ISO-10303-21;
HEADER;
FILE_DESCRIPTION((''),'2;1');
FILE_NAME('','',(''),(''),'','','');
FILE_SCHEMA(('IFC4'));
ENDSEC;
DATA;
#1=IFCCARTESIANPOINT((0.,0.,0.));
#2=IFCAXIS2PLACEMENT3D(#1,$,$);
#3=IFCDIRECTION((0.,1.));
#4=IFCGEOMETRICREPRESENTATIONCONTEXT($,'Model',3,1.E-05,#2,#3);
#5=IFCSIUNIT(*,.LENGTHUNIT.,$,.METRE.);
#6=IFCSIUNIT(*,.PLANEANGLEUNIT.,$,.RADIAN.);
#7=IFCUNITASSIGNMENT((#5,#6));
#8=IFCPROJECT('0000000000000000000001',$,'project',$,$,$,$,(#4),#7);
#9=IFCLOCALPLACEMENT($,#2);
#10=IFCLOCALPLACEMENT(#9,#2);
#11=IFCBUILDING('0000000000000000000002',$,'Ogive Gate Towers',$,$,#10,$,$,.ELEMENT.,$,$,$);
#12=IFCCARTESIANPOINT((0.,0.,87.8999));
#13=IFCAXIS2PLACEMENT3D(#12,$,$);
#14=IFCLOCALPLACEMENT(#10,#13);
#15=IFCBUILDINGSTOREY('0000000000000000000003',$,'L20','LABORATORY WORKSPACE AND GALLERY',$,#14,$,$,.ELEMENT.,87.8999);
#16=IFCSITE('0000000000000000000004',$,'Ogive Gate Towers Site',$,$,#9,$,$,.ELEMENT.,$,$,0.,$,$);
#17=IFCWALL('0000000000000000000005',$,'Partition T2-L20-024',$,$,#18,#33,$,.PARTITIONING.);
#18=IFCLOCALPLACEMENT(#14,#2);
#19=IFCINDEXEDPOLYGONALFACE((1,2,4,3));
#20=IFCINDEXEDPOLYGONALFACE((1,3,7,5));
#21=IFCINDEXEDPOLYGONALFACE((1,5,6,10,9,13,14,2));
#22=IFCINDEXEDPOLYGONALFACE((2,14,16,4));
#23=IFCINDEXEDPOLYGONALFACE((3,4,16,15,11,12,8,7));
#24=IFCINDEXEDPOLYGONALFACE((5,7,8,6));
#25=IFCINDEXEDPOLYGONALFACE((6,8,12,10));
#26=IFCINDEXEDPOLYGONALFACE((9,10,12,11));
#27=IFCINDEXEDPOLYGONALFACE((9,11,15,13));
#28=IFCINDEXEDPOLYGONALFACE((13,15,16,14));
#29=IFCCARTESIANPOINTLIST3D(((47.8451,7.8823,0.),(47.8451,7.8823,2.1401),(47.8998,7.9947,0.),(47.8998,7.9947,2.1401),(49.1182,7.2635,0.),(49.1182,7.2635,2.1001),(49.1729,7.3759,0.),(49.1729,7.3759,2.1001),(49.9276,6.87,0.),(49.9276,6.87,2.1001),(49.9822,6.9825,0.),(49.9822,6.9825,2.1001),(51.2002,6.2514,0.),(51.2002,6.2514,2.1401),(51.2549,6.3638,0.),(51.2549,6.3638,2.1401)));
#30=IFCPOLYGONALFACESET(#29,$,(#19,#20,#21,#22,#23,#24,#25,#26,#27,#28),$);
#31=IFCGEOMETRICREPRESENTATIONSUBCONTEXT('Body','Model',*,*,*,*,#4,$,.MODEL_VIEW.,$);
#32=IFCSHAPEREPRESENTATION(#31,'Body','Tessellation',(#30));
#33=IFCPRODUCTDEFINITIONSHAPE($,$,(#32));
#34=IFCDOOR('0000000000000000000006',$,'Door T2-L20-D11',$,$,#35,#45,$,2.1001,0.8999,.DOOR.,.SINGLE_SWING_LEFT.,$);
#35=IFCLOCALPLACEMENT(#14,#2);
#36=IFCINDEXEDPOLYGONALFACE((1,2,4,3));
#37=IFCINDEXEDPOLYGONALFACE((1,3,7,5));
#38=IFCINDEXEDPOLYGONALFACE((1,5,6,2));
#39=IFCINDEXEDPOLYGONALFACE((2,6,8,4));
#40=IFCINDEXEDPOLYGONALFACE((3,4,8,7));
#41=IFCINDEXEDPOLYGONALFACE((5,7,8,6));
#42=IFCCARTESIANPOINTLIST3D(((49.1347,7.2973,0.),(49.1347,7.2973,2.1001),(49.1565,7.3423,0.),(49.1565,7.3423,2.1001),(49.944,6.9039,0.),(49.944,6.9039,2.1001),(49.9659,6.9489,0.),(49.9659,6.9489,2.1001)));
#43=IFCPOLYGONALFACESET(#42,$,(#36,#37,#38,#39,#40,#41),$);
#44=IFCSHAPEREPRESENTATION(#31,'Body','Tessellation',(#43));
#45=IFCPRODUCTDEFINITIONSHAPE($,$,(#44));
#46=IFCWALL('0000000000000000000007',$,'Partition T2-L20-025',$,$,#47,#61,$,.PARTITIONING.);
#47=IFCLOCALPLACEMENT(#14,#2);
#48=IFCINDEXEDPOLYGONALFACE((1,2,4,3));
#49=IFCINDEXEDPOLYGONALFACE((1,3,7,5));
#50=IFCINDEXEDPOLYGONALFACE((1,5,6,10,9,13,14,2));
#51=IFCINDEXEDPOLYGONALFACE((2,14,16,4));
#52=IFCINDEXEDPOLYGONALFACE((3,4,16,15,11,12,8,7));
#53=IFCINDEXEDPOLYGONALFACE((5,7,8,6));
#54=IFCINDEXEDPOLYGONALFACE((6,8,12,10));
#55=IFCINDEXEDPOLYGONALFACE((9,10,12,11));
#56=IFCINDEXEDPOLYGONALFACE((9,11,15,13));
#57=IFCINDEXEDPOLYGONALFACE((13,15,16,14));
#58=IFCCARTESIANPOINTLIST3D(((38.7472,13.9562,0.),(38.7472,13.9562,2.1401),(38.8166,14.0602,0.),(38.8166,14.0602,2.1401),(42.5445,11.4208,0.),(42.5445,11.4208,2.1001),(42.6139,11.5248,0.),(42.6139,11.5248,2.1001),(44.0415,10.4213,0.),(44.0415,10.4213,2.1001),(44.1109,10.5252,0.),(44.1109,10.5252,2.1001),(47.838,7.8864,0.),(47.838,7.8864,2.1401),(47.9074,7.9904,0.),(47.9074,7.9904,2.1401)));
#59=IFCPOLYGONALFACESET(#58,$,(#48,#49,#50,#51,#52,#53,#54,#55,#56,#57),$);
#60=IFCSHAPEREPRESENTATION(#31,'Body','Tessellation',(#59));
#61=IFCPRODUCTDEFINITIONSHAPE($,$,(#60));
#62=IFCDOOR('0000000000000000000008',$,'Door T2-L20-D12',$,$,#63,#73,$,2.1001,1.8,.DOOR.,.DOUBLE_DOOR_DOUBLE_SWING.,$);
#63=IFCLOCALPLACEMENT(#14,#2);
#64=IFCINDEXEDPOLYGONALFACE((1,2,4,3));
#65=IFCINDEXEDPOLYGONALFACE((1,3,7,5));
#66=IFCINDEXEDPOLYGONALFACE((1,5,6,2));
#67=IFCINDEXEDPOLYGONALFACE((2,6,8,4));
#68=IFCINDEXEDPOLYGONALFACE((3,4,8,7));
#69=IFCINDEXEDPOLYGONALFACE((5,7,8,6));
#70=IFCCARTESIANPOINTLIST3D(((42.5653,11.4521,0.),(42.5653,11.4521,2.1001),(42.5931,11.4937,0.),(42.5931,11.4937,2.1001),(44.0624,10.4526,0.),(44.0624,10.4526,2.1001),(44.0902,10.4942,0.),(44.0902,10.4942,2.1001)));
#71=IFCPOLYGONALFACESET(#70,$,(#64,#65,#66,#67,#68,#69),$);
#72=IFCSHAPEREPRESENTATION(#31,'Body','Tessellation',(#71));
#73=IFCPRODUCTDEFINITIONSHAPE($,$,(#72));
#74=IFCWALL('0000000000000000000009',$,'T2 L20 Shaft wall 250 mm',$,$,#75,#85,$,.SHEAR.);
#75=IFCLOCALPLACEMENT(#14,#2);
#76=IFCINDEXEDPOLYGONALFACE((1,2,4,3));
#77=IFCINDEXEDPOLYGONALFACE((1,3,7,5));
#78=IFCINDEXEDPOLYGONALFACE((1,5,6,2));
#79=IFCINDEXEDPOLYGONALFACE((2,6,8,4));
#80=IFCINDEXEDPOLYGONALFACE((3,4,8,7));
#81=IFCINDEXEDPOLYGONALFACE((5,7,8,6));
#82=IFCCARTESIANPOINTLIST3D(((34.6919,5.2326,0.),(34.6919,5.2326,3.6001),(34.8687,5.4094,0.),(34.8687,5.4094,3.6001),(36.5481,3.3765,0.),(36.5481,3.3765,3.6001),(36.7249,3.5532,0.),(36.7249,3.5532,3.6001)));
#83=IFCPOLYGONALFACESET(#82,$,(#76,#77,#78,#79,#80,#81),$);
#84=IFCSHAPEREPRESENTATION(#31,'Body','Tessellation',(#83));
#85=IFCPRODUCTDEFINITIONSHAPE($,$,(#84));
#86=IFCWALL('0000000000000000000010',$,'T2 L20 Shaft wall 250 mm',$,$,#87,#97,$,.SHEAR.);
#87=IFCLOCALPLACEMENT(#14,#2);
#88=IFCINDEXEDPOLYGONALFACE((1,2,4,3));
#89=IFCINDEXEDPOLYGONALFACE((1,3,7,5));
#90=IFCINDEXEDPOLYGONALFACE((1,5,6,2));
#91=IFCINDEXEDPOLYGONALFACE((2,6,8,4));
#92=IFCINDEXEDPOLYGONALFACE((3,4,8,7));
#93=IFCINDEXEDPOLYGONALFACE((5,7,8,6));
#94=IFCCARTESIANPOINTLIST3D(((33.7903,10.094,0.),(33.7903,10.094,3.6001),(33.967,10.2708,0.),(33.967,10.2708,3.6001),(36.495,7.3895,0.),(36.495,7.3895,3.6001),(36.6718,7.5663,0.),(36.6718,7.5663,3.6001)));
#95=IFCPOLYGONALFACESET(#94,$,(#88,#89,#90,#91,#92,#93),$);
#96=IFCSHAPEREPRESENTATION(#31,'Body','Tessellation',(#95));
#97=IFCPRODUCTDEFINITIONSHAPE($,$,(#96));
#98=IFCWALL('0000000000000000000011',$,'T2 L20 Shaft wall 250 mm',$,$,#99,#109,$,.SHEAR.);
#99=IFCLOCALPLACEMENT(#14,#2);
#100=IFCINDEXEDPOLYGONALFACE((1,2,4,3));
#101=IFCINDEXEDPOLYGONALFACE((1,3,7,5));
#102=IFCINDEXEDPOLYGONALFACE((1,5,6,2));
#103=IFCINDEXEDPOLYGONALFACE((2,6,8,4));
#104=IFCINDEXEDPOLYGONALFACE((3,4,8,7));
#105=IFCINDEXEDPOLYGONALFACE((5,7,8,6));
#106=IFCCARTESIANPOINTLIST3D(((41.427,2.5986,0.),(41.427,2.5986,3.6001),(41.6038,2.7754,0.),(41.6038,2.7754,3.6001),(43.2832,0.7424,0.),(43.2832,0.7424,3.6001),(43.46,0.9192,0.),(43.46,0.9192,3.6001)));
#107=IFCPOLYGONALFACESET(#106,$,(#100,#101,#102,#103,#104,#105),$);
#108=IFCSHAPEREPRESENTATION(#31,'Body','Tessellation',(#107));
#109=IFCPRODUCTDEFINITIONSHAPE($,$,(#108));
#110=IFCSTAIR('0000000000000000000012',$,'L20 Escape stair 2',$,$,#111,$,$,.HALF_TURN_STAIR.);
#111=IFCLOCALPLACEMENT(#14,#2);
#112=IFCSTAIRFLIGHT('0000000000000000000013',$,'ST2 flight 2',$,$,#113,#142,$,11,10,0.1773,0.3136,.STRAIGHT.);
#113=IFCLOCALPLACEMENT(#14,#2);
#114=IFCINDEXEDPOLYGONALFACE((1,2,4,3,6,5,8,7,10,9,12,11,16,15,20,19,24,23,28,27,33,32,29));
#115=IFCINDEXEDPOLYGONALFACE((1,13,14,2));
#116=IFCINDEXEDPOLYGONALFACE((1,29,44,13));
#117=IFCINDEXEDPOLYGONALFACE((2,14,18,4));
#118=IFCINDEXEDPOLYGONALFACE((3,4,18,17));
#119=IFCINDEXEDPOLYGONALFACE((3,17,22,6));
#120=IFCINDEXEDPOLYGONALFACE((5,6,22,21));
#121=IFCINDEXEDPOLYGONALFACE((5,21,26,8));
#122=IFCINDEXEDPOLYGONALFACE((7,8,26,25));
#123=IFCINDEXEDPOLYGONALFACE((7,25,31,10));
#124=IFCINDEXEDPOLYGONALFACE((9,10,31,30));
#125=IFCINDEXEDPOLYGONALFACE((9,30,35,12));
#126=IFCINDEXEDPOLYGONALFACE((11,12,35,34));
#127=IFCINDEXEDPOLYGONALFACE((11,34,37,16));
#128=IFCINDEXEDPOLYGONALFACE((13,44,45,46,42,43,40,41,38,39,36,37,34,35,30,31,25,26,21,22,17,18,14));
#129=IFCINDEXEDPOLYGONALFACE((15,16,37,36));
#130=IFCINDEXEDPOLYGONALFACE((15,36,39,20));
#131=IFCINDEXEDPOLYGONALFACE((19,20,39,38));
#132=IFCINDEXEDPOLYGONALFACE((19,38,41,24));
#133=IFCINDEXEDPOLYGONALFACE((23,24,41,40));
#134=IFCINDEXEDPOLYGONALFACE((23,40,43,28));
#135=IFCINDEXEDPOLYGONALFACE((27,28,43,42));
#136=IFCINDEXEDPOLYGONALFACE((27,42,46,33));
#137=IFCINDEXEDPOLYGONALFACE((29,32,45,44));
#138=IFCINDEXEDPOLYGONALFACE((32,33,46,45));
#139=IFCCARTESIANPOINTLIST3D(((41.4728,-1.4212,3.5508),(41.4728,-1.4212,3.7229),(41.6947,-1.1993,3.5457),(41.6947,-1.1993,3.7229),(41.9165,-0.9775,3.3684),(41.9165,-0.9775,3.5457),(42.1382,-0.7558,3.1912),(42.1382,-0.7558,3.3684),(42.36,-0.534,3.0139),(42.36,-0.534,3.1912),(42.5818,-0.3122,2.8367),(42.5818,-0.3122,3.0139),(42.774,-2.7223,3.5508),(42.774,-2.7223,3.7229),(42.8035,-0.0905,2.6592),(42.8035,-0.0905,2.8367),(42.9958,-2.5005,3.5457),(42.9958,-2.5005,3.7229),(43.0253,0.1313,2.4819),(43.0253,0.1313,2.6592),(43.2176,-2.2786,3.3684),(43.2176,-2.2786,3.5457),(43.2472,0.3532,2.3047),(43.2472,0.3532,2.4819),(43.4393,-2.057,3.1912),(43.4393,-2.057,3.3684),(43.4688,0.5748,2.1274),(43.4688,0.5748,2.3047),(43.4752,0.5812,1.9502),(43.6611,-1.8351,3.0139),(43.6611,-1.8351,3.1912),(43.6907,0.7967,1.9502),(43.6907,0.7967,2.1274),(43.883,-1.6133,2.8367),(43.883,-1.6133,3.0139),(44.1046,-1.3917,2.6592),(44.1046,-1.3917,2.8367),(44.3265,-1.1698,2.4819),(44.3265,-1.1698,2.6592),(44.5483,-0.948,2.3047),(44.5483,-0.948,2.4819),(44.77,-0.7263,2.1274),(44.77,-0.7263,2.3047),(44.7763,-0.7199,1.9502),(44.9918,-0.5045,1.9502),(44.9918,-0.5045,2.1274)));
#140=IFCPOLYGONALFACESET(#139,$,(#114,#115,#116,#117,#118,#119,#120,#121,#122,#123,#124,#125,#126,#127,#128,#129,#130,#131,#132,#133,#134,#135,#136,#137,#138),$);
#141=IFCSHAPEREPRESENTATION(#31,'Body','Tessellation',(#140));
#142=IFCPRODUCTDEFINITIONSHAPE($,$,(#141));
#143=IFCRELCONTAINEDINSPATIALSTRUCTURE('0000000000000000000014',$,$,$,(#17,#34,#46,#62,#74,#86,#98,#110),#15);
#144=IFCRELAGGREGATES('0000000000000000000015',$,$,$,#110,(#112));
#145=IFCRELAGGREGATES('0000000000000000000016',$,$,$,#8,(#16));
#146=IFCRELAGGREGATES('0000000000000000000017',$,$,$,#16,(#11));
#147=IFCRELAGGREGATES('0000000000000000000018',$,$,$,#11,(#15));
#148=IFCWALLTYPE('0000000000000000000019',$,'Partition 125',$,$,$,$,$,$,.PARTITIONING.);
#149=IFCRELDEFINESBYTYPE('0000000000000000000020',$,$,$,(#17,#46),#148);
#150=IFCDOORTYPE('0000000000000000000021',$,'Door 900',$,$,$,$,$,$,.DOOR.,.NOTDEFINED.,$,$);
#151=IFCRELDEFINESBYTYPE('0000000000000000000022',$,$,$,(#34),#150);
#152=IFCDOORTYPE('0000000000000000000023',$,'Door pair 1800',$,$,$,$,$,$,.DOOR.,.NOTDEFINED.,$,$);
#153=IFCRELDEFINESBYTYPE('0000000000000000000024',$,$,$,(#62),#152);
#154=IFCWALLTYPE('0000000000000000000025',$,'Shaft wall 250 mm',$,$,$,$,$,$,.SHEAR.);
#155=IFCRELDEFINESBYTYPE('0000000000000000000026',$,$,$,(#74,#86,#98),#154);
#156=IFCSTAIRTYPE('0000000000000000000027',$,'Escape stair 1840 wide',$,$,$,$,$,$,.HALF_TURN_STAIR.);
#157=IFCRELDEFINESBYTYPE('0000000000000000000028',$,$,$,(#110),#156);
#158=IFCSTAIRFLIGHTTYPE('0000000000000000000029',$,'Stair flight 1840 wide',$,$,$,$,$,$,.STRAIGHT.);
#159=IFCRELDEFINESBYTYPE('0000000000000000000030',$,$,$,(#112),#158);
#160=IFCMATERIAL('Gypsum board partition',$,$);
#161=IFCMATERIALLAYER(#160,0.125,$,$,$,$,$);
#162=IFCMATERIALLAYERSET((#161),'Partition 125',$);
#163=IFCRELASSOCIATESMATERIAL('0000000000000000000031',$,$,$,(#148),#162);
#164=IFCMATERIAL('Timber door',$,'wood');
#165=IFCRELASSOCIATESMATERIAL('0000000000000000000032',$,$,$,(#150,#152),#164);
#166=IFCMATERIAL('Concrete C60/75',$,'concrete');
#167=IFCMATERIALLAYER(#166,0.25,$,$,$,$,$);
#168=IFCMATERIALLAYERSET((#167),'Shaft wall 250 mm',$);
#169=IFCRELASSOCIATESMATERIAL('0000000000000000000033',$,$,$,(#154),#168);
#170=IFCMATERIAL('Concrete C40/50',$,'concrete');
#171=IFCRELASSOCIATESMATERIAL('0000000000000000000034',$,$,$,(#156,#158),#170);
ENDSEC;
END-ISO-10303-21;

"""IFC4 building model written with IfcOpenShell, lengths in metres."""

from ifc_helpers import new_model, si_unit, direction, frame, frame_2d, origin, place, context, subcontext, project, spatial, polyline, rectangle, outline, extrude, material, layer, layer_set, type_object, element, fill, aggregate, save


model = new_model("IFC4")

# Units and contexts
model_context = context("Model", 3, precision=1e-05, world=origin(), true_north=direction((0.0, 1.0)))
body_context = subcontext(model_context, "Body", "Model", "MODEL_VIEW")
ifc_project = project(units=[si_unit("LENGTHUNIT", "METRE"), si_unit("PLANEANGLEUNIT", "RADIAN")], contexts=[model_context])

# Site, building, storey
site_placement = place(None, origin())
site = spatial("IfcSite", under=ifc_project, at=site_placement, Name="Ogive Gate Towers Site", CompositionType="ELEMENT", RefElevation=0.0)
building_placement = place(site_placement, origin())
building = spatial("IfcBuilding", under=site, at=building_placement, Name="Ogive Gate Towers", CompositionType="ELEMENT")
storey_placement = place(building_placement, frame((0.0, 0.0, 87.8999)))
storey = spatial("IfcBuildingStorey", under=building, at=storey_placement, Name="L20", Description="LABORATORY WORKSPACE AND GALLERY", CompositionType="ELEMENT", Elevation=87.8999)

# Shared definitions
ifc_material_1 = material(Name="Concrete C40/50", Category="concrete")

# Shared definitions
ifc_material_2 = material(Name="Concrete C60/75", Category="concrete")

# Shared definitions
ifc_material_3 = material(Name="Gypsum board partition")
ifc_layer_1 = layer(ifc_material_3, 0.125)
ifc_layer_set_1 = layer_set([ifc_layer_1], Name="Partition 125")
wall_type_1 = type_object("IfcWallType", Name="Partition 125", PredefinedType="PARTITIONING", material=ifc_layer_set_1)

# Walls, openings, doors
wall_1_placement = place(storey_placement, frame((51.2275, 6.3076, 0.0), z_axis=(0.0, 0.0, 1.0), x_axis=(-0.899371, 0.437185, 0.0)))
wall_1 = element("IfcWall", 1, at=wall_1_placement, inside=storey, type_object=wall_type_1, Name="Partition T2-L20-024", PredefinedType="PARTITIONING", context=body_context, shape_type="SweptSolid", body=[
    extrude(rectangle(XDim=3.7305, YDim=0.125, at=frame_2d((1.8652, 0.0))), origin(), (0.0, 0.0, 1.0), 2.1401),
])
opening_1_placement = place(wall_1_placement, frame((1.415, 0.0, 0.0)))
opening_1 = element("IfcOpeningElement", 2, at=opening_1_placement, cuts=wall_1, PredefinedType="OPENING", context=body_context, shape_type="SweptSolid", body=[
    extrude(rectangle(XDim=0.8999, YDim=2.1001, at=frame_2d((0.45, 1.05))), frame((0.0, 0.0725, 0.0), z_axis=(0.0, -1.0, 0.0), x_axis=(1.0, 0.0, 0.0)), (0.0, 0.0, 1.0), 0.145),
])
ifc_material_4 = material(Name="Timber door", Category="wood")
door_type_1 = type_object("IfcDoorType", Name="Door 900", OperationType="NOTDEFINED", PredefinedType="DOOR", material=ifc_material_4)
door_1_placement = place(opening_1_placement, origin())
door_1 = element("IfcDoor", 3, at=door_1_placement, inside=storey, type_object=door_type_1, Name="Door T2-L20-D11", OperationType="SINGLE_SWING_LEFT", OverallHeight=2.1001, OverallWidth=0.8999, PredefinedType="DOOR", context=body_context, shape_type="SweptSolid", body=[
    extrude(rectangle(XDim=0.8999, YDim=2.1001, at=frame_2d((0.45, 1.05))), frame((0.0, 0.0249, 0.0), z_axis=(0.0, -1.0, 0.0), x_axis=(1.0, 0.0, 0.0)), (0.0, 0.0, 1.0), 0.05),
])
fill(opening_1, door_1)
wall_2_placement = place(storey_placement, frame((47.8726, 7.9385, 0.0), z_axis=(0.0, 0.0, 1.0), x_axis=(-0.831658, 0.555288, 0.0)))
wall_2 = element("IfcWall", 4, at=wall_2_placement, inside=storey, type_object=wall_type_1, Name="Partition T2-L20-025", PredefinedType="PARTITIONING", context=body_context, shape_type="SweptSolid", body=[
    extrude(rectangle(XDim=10.9309, YDim=0.125, at=frame_2d((5.4653, 0.0))), origin(), (0.0, 0.0, 1.0), 2.1401),
])
opening_2_placement = place(wall_2_placement, frame((4.5649, 0.0, 0.0)))
opening_2 = element("IfcOpeningElement", 5, at=opening_2_placement, cuts=wall_2, PredefinedType="OPENING", context=body_context, shape_type="SweptSolid", body=[
    extrude(rectangle(XDim=1.8, YDim=2.1001, at=frame_2d((0.8999, 1.05))), frame((0.0, 0.0725, 0.0), z_axis=(0.0, -1.0, 0.0), x_axis=(1.0, 0.0, 0.0)), (0.0, 0.0, 1.0), 0.145),
])
door_type_2 = type_object("IfcDoorType", Name="Door pair 1800", OperationType="NOTDEFINED", PredefinedType="DOOR", material=ifc_material_4)
door_2_placement = place(opening_2_placement, origin())
door_2 = element("IfcDoor", 6, at=door_2_placement, inside=storey, type_object=door_type_2, Name="Door T2-L20-D12", OperationType="DOUBLE_DOOR_DOUBLE_SWING", OverallHeight=2.1001, OverallWidth=1.8, PredefinedType="DOOR", context=body_context, shape_type="SweptSolid", body=[
    extrude(rectangle(XDim=1.8, YDim=2.1001, at=frame_2d((0.8999, 1.05))), frame((0.0, 0.0249, 0.0), z_axis=(0.0, -1.0, 0.0), x_axis=(1.0, 0.0, 0.0)), (0.0, 0.0, 1.0), 0.05),
])
fill(opening_2, door_2)

# Walls
ifc_layer_2 = layer(ifc_material_2, 0.25)
ifc_layer_set_2 = layer_set([ifc_layer_2], Name="Shaft wall 250 mm")
wall_type_2 = type_object("IfcWallType", Name="Shaft wall 250 mm", PredefinedType="SHEAR", material=ifc_layer_set_2)
wall_3_placement = place(storey_placement, frame((36.6365, 3.4648, 0.0), z_axis=(0.0, 0.0, 1.0), x_axis=(-0.707107, 0.707107, 0.0)))
element("IfcWall", 7, at=wall_3_placement, inside=storey, type_object=wall_type_2, Name="T2 L20 Shaft wall 250 mm", PredefinedType="SHEAR", context=body_context, shape_type="SweptSolid", body=[
    extrude(rectangle(XDim=2.625, YDim=0.25, at=frame_2d((1.3125, 0.0))), origin(), (0.0, 0.0, 1.0), 3.6001),
])
wall_4_placement = place(storey_placement, frame((36.5835, 7.4778, 0.0), z_axis=(0.0, 0.0, 1.0), x_axis=(-0.707139, 0.707075, 0.0)))
element("IfcWall", 8, at=wall_4_placement, inside=storey, type_object=wall_type_2, Name="T2 L20 Shaft wall 250 mm", PredefinedType="SHEAR", context=body_context, shape_type="SweptSolid", body=[
    extrude(rectangle(XDim=3.825, YDim=0.25, at=frame_2d((1.9126, 0.0))), origin(), (0.0, 0.0, 1.0), 3.6001),
])
wall_5_placement = place(storey_placement, frame((43.3716, 0.8308, 0.0), z_axis=(0.0, 0.0, 1.0), x_axis=(-0.707107, 0.707107, 0.0)))
element("IfcWall", 9, at=wall_5_placement, inside=storey, type_object=wall_type_2, Name="T2 L20 Shaft wall 250 mm", PredefinedType="SHEAR", context=body_context, shape_type="SweptSolid", body=[
    extrude(rectangle(XDim=2.625, YDim=0.25, at=frame_2d((1.3125, 0.0))), origin(), (0.0, 0.0, 1.0), 3.6001),
])

# Stair, stair flight
stair_type = type_object("IfcStairType", Name="Escape stair 1840 wide", PredefinedType="HALF_TURN_STAIR", material=ifc_material_1)
stair_placement = place(storey_placement, origin())
stair = element("IfcStair", 10, at=stair_placement, inside=storey, type_object=stair_type, Name="L20 Escape stair 2", PredefinedType="HALF_TURN_STAIR")
stair_flight_type = type_object("IfcStairFlightType", Name="Stair flight 1840 wide", PredefinedType="STRAIGHT", material=ifc_material_1)
stair_flight_placement = place(storey_placement, frame((44.3413, 0.146, 1.9502), z_axis=(0.0, 0.0, 1.0), x_axis=(-0.707107, -0.707107, 0.0)))
stair_flight = element("IfcStairFlight", 11, at=stair_flight_placement, type_object=stair_flight_type, Name="ST2 flight 2", NumberOfRisers=11, NumberOfTreads=10, PredefinedType="STRAIGHT", RiserHeight=0.1773, TreadLength=0.3136, context=body_context, shape_type="SweptSolid", body=[
    extrude(outline(polyline([(0.0, 0.0), (0.0, 0.1772), (0.3137, 0.1772), (0.3137, 0.3545), (0.6272, 0.3545), (0.6272, 0.5317), (0.9409, 0.5317), (0.9409, 0.709), (1.2546, 0.709), (1.2546, 0.8865), (1.5681, 0.8865), (1.5681, 1.0637), (1.8818, 1.0637), (1.8818, 1.241), (2.1956, 1.241), (2.1956, 1.4182), (2.509, 1.4182), (2.509, 1.5955), (2.8228, 1.5955), (2.8228, 1.7727), (3.1365, 1.7727), (3.1365, 1.95), (3.1365, 1.6006), (0.3047, 0.0), (0.0, 0.0)])), frame((0.0, 0.9199, 0.0), z_axis=(0.0, -1.0, 0.0), x_axis=(1.0, 0.0, 0.0)), (0.0, 0.0, 1.0), 1.8401),
])
aggregate(stair, [stair_flight])

save(model, "model.ifc")
